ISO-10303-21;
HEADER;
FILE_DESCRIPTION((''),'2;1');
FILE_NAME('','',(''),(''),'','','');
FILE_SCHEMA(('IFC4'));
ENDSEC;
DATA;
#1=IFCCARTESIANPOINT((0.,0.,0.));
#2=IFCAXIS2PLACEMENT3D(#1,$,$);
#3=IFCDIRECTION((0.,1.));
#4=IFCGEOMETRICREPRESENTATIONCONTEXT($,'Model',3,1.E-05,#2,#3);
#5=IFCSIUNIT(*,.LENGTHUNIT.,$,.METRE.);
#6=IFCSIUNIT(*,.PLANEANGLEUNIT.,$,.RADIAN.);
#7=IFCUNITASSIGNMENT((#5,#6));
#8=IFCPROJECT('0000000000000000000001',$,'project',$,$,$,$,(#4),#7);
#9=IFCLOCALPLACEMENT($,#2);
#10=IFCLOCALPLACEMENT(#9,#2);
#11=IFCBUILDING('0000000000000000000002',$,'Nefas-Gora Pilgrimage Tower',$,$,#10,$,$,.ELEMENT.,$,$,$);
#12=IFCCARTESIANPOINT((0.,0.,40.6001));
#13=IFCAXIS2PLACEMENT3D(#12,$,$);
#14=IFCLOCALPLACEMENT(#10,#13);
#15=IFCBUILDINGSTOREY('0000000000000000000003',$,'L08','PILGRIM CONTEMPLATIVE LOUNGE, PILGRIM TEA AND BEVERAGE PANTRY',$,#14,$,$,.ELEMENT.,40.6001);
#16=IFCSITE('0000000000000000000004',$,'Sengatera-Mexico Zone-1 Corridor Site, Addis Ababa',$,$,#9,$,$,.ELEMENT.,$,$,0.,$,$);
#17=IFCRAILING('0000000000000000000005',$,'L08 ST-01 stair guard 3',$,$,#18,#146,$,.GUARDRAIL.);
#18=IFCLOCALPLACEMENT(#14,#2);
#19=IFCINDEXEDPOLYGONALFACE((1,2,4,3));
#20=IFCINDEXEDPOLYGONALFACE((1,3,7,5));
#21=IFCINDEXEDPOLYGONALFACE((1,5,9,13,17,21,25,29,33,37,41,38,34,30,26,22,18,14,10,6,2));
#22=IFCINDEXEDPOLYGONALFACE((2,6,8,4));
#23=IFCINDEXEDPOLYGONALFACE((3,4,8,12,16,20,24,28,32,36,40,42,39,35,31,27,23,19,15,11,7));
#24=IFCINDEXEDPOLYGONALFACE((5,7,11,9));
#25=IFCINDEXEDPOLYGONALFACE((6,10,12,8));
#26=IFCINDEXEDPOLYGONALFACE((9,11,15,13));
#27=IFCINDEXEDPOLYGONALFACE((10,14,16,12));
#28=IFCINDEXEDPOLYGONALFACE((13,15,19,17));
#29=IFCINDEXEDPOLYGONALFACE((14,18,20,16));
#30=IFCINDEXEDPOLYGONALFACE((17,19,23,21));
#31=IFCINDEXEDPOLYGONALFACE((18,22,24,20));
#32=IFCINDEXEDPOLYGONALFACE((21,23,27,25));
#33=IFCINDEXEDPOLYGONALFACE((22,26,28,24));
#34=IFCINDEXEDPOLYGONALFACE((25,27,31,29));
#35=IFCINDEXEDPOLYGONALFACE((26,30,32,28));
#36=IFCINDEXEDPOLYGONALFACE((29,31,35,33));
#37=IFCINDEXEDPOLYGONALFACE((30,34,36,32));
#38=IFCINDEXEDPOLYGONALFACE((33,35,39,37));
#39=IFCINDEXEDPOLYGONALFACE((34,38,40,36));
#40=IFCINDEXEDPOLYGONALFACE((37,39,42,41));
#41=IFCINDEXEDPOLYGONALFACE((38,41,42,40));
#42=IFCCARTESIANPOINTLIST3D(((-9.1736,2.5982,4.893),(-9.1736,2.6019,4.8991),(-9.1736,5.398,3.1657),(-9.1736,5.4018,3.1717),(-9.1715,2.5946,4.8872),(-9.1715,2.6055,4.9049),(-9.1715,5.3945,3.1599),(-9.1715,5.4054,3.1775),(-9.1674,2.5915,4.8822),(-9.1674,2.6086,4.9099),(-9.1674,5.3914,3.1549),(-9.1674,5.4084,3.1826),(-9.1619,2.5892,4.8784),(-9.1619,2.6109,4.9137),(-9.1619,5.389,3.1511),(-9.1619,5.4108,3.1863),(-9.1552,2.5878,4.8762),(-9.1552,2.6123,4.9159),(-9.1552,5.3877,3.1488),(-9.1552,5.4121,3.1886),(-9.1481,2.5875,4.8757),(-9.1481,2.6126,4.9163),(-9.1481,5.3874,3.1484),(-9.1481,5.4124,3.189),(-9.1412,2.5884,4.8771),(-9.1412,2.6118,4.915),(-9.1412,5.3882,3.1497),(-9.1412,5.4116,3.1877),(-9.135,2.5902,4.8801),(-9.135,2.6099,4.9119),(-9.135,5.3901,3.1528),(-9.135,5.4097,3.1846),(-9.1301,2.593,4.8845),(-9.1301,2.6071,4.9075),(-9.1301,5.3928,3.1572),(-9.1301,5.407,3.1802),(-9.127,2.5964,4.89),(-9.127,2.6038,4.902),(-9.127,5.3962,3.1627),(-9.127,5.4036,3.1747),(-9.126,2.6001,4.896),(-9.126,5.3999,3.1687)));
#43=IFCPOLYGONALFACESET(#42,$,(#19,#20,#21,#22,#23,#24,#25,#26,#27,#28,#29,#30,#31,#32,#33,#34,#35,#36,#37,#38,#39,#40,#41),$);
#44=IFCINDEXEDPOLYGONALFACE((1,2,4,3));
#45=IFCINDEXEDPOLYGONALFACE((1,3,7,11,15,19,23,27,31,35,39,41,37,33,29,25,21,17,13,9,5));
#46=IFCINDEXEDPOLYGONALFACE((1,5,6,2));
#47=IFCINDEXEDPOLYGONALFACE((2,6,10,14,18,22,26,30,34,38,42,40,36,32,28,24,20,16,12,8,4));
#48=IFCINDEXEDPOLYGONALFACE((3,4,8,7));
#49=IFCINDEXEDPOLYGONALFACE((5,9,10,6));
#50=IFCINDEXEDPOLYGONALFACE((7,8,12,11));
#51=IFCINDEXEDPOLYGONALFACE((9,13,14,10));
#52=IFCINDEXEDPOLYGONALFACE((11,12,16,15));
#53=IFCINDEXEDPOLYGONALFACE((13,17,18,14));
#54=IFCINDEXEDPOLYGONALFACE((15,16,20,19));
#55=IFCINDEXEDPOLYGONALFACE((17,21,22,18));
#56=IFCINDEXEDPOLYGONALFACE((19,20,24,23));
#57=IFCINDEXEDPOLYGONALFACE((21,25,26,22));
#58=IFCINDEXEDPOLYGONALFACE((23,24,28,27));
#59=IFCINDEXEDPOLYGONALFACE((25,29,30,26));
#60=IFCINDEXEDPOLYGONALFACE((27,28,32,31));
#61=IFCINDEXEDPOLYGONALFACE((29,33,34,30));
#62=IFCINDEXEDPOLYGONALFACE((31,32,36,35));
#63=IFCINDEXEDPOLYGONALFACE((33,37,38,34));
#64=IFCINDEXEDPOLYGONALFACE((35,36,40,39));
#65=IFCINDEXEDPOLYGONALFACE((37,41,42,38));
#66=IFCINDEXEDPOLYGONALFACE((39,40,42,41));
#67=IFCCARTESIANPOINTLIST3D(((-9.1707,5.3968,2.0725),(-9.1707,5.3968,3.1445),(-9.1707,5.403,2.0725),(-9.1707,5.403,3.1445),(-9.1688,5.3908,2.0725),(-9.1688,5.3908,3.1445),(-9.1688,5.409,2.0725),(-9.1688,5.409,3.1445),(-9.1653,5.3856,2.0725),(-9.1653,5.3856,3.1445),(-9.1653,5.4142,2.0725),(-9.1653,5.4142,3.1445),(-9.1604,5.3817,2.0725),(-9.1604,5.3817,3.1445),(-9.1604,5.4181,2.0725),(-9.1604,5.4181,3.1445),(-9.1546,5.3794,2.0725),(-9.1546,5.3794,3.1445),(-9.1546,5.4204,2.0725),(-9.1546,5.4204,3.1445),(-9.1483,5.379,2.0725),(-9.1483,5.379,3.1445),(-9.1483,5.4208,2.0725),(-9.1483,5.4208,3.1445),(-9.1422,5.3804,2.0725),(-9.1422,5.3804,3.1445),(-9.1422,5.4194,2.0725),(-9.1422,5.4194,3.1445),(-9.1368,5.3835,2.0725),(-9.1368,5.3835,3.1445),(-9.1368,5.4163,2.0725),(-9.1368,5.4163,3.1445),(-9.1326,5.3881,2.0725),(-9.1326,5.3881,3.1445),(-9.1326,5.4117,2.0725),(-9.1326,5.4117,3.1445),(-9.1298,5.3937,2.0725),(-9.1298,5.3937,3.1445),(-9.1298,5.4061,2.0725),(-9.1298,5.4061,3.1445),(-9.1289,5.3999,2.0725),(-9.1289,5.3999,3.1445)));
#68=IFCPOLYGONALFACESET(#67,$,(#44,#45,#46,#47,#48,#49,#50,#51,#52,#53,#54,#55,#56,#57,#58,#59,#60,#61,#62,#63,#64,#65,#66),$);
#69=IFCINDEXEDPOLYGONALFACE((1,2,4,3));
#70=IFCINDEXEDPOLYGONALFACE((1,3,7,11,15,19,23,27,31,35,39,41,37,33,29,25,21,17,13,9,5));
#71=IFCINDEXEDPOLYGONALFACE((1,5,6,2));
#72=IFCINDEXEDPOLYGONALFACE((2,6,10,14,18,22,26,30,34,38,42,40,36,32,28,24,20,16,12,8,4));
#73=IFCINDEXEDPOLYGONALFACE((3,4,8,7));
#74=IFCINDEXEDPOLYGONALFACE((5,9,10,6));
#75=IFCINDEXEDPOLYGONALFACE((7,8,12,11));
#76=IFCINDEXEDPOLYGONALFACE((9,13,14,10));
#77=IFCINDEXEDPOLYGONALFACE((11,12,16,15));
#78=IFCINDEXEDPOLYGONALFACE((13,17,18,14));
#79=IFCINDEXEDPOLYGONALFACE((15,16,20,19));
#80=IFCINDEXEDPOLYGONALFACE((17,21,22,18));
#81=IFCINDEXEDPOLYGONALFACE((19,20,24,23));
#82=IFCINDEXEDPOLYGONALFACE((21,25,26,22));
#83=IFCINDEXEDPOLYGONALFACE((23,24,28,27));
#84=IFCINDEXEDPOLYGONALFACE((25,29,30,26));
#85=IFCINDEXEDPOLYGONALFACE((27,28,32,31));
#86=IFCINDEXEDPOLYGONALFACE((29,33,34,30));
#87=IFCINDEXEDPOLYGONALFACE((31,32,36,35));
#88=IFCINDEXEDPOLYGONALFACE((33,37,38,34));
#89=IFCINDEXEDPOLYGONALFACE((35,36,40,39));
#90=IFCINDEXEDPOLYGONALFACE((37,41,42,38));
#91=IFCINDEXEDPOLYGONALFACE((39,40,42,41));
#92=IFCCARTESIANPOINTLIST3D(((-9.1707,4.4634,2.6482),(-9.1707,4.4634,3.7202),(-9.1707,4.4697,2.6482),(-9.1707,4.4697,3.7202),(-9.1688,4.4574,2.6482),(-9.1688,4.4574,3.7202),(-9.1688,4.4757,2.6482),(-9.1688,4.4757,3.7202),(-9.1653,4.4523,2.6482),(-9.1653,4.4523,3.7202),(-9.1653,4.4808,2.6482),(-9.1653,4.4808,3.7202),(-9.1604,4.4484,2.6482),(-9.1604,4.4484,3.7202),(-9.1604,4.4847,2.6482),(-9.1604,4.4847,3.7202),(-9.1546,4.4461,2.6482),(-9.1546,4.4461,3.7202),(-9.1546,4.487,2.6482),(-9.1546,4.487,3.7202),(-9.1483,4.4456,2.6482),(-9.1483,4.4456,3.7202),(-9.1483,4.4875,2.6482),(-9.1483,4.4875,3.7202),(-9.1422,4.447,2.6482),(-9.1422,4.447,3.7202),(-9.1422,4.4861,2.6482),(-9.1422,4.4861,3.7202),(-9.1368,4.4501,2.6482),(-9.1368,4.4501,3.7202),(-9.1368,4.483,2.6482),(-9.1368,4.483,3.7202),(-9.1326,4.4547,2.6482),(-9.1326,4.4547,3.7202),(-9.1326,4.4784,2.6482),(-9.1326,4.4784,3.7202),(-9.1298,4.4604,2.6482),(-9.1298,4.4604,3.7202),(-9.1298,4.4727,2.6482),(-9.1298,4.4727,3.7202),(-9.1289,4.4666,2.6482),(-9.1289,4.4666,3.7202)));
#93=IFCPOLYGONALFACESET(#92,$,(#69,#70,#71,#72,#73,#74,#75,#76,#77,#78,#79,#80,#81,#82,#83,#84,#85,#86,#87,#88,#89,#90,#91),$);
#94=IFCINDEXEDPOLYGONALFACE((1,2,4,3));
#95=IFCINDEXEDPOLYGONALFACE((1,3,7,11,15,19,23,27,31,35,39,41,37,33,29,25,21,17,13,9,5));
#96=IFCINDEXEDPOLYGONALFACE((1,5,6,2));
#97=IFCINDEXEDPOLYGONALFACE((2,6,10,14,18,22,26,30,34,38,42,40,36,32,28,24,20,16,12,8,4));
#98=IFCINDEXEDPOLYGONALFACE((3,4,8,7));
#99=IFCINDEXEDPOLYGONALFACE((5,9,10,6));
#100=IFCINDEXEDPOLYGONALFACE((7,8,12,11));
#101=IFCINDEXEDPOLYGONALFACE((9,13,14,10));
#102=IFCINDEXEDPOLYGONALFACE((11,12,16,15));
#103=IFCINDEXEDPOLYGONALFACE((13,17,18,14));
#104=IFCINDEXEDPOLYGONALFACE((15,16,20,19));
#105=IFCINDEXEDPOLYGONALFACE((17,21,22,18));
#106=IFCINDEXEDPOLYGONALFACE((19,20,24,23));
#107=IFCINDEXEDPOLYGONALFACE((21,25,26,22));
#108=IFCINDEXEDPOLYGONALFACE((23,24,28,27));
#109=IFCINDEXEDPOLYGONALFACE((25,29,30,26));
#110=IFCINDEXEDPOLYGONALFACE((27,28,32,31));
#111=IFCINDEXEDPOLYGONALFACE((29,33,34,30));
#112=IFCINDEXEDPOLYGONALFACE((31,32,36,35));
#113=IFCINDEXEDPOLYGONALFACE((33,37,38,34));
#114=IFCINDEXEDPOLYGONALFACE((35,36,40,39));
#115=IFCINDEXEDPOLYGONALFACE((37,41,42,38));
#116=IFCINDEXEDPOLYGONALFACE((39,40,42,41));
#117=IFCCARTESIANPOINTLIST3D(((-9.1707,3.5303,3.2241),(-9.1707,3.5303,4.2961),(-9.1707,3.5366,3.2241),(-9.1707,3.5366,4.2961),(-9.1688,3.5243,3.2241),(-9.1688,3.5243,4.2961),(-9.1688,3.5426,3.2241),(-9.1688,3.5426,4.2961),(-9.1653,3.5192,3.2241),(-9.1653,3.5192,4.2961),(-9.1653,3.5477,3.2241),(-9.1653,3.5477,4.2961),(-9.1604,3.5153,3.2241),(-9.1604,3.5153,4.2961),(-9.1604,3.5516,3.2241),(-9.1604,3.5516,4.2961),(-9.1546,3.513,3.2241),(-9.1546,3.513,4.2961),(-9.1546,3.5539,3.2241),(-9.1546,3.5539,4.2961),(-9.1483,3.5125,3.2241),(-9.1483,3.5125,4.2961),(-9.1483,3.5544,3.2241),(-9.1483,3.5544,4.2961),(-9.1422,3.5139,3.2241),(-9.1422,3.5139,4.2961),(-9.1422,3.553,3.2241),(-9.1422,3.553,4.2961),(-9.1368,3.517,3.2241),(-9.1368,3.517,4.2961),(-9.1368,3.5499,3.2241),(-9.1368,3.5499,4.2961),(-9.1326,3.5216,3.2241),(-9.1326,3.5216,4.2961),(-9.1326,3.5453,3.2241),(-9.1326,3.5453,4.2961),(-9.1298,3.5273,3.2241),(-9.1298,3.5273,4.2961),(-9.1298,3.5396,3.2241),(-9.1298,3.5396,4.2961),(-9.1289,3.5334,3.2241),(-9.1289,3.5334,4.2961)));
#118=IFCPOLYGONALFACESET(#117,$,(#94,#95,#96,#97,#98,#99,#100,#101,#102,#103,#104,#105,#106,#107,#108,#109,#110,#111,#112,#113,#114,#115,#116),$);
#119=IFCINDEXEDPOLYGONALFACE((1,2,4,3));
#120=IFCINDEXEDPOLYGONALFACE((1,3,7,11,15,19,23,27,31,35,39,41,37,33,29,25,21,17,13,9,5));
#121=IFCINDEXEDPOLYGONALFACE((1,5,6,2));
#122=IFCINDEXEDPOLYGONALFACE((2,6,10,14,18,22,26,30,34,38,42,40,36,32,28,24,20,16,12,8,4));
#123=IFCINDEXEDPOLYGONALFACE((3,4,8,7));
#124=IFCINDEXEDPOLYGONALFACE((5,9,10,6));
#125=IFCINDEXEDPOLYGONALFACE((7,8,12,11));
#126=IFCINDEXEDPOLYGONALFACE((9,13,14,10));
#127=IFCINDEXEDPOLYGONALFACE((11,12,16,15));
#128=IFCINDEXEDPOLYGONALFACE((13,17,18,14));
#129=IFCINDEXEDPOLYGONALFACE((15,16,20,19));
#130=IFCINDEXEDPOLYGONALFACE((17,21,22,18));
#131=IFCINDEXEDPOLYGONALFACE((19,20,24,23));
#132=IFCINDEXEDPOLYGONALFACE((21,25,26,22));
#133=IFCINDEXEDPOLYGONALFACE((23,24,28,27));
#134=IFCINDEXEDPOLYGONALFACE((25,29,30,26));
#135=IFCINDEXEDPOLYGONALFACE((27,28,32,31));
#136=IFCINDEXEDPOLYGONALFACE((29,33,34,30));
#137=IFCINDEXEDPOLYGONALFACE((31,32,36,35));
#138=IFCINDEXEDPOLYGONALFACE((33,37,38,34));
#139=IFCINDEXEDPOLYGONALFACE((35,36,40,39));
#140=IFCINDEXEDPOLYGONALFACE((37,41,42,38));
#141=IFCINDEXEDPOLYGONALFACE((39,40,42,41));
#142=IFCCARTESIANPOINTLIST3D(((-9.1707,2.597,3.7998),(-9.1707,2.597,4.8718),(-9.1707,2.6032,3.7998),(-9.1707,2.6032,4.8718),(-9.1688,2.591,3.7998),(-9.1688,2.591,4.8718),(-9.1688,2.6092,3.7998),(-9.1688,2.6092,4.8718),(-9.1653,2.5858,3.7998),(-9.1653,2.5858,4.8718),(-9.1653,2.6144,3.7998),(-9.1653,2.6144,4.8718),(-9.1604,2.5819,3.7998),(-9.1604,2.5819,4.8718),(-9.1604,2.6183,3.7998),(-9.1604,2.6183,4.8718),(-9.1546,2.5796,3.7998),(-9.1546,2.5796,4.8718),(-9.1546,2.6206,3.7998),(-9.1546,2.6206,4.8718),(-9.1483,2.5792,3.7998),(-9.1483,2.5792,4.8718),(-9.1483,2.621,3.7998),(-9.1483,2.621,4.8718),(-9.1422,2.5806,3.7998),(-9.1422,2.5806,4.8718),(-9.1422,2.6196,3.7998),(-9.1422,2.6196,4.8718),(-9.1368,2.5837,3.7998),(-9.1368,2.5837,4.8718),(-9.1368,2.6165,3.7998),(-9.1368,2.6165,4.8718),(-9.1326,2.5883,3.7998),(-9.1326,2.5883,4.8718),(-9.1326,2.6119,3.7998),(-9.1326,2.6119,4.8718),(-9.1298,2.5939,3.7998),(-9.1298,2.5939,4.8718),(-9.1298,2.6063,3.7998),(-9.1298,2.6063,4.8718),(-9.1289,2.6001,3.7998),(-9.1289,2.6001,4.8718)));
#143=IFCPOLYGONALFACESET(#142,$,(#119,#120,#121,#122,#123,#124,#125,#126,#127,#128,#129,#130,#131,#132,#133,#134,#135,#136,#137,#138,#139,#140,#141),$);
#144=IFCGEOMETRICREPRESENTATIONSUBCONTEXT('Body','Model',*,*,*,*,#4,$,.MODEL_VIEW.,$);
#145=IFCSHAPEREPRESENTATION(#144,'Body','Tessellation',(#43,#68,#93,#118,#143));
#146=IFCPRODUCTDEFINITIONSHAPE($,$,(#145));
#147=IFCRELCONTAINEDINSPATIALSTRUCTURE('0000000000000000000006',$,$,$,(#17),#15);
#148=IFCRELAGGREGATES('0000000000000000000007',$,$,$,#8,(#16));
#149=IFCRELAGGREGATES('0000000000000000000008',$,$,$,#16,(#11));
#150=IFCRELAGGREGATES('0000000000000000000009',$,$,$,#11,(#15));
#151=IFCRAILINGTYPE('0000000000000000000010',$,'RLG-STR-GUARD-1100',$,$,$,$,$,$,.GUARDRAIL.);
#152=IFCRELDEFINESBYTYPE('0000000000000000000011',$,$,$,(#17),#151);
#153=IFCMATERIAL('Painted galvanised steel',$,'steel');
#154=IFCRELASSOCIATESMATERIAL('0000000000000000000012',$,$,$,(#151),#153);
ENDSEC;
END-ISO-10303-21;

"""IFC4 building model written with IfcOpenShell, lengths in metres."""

from ifc_helpers import new_model, si_unit, direction, frame, origin, origin_2d, place, context, subcontext, project, spatial, circle, extrude, material, type_object, element, save


model = new_model("IFC4")

# Units and contexts
model_context = context("Model", 3, precision=1e-05, world=origin(), true_north=direction((0.0, 1.0)))
body_context = subcontext(model_context, "Body", "Model", "MODEL_VIEW")
ifc_project = project(units=[si_unit("LENGTHUNIT", "METRE"), si_unit("PLANEANGLEUNIT", "RADIAN")], contexts=[model_context])

# Site, building, storey
site_placement = place(None, origin())
site = spatial("IfcSite", under=ifc_project, at=site_placement, Name="Sengatera-Mexico Zone-1 Corridor Site, Addis Ababa", CompositionType="ELEMENT", RefElevation=0.0)
building_placement = place(site_placement, origin())
building = spatial("IfcBuilding", under=site, at=building_placement, Name="Nefas-Gora Pilgrimage Tower", CompositionType="ELEMENT")
storey_placement = place(building_placement, frame((0.0, 0.0, 40.6001)))
storey = spatial("IfcBuildingStorey", under=building, at=storey_placement, Name="L08", Description="PILGRIM CONTEMPLATIVE LOUNGE, PILGRIM TEA AND BEVERAGE PANTRY", CompositionType="ELEMENT", Elevation=40.6001)

# Railing
ifc_material_1 = material(Name="Painted galvanised steel", Category="steel")
railing_type_1 = type_object("IfcRailingType", Name="RLG-STR-GUARD-1100", PredefinedType="GUARDRAIL", material=ifc_material_1)
railing_1_placement = place(storey_placement, frame((-9.1499, 5.3999, 2.0725)))
element("IfcRailing", 1, at=railing_1_placement, inside=storey, type_object=railing_type_1, Name="L08 ST-01 stair guard 3", PredefinedType="GUARDRAIL", context=body_context, shape_type="SweptSolid", body=[
    extrude(circle(Radius=0.0239, at=origin_2d()), frame((0.0, 0.0, 1.0962), z_axis=(0.0, -0.851069, 0.525054), x_axis=(1.0, 0.0, 0.0)), (0.0, 0.0, 1.0), 3.2898),
    extrude(circle(Radius=0.021, at=origin_2d()), origin(), (0.0, 0.0, 1.0), 1.072),
    extrude(circle(Radius=0.021, at=origin_2d()), frame((0.0, -0.9333, 0.5757)), (0.0, 0.0, 1.0), 1.072),
    extrude(circle(Radius=0.021, at=origin_2d()), frame((0.0, -1.8665, 1.1516)), (0.0, 0.0, 1.0), 1.072),
    extrude(circle(Radius=0.021, at=origin_2d()), frame((0.0, -2.7998, 1.7273)), (0.0, 0.0, 1.0), 1.072),
])

save(model, "model.ifc")
